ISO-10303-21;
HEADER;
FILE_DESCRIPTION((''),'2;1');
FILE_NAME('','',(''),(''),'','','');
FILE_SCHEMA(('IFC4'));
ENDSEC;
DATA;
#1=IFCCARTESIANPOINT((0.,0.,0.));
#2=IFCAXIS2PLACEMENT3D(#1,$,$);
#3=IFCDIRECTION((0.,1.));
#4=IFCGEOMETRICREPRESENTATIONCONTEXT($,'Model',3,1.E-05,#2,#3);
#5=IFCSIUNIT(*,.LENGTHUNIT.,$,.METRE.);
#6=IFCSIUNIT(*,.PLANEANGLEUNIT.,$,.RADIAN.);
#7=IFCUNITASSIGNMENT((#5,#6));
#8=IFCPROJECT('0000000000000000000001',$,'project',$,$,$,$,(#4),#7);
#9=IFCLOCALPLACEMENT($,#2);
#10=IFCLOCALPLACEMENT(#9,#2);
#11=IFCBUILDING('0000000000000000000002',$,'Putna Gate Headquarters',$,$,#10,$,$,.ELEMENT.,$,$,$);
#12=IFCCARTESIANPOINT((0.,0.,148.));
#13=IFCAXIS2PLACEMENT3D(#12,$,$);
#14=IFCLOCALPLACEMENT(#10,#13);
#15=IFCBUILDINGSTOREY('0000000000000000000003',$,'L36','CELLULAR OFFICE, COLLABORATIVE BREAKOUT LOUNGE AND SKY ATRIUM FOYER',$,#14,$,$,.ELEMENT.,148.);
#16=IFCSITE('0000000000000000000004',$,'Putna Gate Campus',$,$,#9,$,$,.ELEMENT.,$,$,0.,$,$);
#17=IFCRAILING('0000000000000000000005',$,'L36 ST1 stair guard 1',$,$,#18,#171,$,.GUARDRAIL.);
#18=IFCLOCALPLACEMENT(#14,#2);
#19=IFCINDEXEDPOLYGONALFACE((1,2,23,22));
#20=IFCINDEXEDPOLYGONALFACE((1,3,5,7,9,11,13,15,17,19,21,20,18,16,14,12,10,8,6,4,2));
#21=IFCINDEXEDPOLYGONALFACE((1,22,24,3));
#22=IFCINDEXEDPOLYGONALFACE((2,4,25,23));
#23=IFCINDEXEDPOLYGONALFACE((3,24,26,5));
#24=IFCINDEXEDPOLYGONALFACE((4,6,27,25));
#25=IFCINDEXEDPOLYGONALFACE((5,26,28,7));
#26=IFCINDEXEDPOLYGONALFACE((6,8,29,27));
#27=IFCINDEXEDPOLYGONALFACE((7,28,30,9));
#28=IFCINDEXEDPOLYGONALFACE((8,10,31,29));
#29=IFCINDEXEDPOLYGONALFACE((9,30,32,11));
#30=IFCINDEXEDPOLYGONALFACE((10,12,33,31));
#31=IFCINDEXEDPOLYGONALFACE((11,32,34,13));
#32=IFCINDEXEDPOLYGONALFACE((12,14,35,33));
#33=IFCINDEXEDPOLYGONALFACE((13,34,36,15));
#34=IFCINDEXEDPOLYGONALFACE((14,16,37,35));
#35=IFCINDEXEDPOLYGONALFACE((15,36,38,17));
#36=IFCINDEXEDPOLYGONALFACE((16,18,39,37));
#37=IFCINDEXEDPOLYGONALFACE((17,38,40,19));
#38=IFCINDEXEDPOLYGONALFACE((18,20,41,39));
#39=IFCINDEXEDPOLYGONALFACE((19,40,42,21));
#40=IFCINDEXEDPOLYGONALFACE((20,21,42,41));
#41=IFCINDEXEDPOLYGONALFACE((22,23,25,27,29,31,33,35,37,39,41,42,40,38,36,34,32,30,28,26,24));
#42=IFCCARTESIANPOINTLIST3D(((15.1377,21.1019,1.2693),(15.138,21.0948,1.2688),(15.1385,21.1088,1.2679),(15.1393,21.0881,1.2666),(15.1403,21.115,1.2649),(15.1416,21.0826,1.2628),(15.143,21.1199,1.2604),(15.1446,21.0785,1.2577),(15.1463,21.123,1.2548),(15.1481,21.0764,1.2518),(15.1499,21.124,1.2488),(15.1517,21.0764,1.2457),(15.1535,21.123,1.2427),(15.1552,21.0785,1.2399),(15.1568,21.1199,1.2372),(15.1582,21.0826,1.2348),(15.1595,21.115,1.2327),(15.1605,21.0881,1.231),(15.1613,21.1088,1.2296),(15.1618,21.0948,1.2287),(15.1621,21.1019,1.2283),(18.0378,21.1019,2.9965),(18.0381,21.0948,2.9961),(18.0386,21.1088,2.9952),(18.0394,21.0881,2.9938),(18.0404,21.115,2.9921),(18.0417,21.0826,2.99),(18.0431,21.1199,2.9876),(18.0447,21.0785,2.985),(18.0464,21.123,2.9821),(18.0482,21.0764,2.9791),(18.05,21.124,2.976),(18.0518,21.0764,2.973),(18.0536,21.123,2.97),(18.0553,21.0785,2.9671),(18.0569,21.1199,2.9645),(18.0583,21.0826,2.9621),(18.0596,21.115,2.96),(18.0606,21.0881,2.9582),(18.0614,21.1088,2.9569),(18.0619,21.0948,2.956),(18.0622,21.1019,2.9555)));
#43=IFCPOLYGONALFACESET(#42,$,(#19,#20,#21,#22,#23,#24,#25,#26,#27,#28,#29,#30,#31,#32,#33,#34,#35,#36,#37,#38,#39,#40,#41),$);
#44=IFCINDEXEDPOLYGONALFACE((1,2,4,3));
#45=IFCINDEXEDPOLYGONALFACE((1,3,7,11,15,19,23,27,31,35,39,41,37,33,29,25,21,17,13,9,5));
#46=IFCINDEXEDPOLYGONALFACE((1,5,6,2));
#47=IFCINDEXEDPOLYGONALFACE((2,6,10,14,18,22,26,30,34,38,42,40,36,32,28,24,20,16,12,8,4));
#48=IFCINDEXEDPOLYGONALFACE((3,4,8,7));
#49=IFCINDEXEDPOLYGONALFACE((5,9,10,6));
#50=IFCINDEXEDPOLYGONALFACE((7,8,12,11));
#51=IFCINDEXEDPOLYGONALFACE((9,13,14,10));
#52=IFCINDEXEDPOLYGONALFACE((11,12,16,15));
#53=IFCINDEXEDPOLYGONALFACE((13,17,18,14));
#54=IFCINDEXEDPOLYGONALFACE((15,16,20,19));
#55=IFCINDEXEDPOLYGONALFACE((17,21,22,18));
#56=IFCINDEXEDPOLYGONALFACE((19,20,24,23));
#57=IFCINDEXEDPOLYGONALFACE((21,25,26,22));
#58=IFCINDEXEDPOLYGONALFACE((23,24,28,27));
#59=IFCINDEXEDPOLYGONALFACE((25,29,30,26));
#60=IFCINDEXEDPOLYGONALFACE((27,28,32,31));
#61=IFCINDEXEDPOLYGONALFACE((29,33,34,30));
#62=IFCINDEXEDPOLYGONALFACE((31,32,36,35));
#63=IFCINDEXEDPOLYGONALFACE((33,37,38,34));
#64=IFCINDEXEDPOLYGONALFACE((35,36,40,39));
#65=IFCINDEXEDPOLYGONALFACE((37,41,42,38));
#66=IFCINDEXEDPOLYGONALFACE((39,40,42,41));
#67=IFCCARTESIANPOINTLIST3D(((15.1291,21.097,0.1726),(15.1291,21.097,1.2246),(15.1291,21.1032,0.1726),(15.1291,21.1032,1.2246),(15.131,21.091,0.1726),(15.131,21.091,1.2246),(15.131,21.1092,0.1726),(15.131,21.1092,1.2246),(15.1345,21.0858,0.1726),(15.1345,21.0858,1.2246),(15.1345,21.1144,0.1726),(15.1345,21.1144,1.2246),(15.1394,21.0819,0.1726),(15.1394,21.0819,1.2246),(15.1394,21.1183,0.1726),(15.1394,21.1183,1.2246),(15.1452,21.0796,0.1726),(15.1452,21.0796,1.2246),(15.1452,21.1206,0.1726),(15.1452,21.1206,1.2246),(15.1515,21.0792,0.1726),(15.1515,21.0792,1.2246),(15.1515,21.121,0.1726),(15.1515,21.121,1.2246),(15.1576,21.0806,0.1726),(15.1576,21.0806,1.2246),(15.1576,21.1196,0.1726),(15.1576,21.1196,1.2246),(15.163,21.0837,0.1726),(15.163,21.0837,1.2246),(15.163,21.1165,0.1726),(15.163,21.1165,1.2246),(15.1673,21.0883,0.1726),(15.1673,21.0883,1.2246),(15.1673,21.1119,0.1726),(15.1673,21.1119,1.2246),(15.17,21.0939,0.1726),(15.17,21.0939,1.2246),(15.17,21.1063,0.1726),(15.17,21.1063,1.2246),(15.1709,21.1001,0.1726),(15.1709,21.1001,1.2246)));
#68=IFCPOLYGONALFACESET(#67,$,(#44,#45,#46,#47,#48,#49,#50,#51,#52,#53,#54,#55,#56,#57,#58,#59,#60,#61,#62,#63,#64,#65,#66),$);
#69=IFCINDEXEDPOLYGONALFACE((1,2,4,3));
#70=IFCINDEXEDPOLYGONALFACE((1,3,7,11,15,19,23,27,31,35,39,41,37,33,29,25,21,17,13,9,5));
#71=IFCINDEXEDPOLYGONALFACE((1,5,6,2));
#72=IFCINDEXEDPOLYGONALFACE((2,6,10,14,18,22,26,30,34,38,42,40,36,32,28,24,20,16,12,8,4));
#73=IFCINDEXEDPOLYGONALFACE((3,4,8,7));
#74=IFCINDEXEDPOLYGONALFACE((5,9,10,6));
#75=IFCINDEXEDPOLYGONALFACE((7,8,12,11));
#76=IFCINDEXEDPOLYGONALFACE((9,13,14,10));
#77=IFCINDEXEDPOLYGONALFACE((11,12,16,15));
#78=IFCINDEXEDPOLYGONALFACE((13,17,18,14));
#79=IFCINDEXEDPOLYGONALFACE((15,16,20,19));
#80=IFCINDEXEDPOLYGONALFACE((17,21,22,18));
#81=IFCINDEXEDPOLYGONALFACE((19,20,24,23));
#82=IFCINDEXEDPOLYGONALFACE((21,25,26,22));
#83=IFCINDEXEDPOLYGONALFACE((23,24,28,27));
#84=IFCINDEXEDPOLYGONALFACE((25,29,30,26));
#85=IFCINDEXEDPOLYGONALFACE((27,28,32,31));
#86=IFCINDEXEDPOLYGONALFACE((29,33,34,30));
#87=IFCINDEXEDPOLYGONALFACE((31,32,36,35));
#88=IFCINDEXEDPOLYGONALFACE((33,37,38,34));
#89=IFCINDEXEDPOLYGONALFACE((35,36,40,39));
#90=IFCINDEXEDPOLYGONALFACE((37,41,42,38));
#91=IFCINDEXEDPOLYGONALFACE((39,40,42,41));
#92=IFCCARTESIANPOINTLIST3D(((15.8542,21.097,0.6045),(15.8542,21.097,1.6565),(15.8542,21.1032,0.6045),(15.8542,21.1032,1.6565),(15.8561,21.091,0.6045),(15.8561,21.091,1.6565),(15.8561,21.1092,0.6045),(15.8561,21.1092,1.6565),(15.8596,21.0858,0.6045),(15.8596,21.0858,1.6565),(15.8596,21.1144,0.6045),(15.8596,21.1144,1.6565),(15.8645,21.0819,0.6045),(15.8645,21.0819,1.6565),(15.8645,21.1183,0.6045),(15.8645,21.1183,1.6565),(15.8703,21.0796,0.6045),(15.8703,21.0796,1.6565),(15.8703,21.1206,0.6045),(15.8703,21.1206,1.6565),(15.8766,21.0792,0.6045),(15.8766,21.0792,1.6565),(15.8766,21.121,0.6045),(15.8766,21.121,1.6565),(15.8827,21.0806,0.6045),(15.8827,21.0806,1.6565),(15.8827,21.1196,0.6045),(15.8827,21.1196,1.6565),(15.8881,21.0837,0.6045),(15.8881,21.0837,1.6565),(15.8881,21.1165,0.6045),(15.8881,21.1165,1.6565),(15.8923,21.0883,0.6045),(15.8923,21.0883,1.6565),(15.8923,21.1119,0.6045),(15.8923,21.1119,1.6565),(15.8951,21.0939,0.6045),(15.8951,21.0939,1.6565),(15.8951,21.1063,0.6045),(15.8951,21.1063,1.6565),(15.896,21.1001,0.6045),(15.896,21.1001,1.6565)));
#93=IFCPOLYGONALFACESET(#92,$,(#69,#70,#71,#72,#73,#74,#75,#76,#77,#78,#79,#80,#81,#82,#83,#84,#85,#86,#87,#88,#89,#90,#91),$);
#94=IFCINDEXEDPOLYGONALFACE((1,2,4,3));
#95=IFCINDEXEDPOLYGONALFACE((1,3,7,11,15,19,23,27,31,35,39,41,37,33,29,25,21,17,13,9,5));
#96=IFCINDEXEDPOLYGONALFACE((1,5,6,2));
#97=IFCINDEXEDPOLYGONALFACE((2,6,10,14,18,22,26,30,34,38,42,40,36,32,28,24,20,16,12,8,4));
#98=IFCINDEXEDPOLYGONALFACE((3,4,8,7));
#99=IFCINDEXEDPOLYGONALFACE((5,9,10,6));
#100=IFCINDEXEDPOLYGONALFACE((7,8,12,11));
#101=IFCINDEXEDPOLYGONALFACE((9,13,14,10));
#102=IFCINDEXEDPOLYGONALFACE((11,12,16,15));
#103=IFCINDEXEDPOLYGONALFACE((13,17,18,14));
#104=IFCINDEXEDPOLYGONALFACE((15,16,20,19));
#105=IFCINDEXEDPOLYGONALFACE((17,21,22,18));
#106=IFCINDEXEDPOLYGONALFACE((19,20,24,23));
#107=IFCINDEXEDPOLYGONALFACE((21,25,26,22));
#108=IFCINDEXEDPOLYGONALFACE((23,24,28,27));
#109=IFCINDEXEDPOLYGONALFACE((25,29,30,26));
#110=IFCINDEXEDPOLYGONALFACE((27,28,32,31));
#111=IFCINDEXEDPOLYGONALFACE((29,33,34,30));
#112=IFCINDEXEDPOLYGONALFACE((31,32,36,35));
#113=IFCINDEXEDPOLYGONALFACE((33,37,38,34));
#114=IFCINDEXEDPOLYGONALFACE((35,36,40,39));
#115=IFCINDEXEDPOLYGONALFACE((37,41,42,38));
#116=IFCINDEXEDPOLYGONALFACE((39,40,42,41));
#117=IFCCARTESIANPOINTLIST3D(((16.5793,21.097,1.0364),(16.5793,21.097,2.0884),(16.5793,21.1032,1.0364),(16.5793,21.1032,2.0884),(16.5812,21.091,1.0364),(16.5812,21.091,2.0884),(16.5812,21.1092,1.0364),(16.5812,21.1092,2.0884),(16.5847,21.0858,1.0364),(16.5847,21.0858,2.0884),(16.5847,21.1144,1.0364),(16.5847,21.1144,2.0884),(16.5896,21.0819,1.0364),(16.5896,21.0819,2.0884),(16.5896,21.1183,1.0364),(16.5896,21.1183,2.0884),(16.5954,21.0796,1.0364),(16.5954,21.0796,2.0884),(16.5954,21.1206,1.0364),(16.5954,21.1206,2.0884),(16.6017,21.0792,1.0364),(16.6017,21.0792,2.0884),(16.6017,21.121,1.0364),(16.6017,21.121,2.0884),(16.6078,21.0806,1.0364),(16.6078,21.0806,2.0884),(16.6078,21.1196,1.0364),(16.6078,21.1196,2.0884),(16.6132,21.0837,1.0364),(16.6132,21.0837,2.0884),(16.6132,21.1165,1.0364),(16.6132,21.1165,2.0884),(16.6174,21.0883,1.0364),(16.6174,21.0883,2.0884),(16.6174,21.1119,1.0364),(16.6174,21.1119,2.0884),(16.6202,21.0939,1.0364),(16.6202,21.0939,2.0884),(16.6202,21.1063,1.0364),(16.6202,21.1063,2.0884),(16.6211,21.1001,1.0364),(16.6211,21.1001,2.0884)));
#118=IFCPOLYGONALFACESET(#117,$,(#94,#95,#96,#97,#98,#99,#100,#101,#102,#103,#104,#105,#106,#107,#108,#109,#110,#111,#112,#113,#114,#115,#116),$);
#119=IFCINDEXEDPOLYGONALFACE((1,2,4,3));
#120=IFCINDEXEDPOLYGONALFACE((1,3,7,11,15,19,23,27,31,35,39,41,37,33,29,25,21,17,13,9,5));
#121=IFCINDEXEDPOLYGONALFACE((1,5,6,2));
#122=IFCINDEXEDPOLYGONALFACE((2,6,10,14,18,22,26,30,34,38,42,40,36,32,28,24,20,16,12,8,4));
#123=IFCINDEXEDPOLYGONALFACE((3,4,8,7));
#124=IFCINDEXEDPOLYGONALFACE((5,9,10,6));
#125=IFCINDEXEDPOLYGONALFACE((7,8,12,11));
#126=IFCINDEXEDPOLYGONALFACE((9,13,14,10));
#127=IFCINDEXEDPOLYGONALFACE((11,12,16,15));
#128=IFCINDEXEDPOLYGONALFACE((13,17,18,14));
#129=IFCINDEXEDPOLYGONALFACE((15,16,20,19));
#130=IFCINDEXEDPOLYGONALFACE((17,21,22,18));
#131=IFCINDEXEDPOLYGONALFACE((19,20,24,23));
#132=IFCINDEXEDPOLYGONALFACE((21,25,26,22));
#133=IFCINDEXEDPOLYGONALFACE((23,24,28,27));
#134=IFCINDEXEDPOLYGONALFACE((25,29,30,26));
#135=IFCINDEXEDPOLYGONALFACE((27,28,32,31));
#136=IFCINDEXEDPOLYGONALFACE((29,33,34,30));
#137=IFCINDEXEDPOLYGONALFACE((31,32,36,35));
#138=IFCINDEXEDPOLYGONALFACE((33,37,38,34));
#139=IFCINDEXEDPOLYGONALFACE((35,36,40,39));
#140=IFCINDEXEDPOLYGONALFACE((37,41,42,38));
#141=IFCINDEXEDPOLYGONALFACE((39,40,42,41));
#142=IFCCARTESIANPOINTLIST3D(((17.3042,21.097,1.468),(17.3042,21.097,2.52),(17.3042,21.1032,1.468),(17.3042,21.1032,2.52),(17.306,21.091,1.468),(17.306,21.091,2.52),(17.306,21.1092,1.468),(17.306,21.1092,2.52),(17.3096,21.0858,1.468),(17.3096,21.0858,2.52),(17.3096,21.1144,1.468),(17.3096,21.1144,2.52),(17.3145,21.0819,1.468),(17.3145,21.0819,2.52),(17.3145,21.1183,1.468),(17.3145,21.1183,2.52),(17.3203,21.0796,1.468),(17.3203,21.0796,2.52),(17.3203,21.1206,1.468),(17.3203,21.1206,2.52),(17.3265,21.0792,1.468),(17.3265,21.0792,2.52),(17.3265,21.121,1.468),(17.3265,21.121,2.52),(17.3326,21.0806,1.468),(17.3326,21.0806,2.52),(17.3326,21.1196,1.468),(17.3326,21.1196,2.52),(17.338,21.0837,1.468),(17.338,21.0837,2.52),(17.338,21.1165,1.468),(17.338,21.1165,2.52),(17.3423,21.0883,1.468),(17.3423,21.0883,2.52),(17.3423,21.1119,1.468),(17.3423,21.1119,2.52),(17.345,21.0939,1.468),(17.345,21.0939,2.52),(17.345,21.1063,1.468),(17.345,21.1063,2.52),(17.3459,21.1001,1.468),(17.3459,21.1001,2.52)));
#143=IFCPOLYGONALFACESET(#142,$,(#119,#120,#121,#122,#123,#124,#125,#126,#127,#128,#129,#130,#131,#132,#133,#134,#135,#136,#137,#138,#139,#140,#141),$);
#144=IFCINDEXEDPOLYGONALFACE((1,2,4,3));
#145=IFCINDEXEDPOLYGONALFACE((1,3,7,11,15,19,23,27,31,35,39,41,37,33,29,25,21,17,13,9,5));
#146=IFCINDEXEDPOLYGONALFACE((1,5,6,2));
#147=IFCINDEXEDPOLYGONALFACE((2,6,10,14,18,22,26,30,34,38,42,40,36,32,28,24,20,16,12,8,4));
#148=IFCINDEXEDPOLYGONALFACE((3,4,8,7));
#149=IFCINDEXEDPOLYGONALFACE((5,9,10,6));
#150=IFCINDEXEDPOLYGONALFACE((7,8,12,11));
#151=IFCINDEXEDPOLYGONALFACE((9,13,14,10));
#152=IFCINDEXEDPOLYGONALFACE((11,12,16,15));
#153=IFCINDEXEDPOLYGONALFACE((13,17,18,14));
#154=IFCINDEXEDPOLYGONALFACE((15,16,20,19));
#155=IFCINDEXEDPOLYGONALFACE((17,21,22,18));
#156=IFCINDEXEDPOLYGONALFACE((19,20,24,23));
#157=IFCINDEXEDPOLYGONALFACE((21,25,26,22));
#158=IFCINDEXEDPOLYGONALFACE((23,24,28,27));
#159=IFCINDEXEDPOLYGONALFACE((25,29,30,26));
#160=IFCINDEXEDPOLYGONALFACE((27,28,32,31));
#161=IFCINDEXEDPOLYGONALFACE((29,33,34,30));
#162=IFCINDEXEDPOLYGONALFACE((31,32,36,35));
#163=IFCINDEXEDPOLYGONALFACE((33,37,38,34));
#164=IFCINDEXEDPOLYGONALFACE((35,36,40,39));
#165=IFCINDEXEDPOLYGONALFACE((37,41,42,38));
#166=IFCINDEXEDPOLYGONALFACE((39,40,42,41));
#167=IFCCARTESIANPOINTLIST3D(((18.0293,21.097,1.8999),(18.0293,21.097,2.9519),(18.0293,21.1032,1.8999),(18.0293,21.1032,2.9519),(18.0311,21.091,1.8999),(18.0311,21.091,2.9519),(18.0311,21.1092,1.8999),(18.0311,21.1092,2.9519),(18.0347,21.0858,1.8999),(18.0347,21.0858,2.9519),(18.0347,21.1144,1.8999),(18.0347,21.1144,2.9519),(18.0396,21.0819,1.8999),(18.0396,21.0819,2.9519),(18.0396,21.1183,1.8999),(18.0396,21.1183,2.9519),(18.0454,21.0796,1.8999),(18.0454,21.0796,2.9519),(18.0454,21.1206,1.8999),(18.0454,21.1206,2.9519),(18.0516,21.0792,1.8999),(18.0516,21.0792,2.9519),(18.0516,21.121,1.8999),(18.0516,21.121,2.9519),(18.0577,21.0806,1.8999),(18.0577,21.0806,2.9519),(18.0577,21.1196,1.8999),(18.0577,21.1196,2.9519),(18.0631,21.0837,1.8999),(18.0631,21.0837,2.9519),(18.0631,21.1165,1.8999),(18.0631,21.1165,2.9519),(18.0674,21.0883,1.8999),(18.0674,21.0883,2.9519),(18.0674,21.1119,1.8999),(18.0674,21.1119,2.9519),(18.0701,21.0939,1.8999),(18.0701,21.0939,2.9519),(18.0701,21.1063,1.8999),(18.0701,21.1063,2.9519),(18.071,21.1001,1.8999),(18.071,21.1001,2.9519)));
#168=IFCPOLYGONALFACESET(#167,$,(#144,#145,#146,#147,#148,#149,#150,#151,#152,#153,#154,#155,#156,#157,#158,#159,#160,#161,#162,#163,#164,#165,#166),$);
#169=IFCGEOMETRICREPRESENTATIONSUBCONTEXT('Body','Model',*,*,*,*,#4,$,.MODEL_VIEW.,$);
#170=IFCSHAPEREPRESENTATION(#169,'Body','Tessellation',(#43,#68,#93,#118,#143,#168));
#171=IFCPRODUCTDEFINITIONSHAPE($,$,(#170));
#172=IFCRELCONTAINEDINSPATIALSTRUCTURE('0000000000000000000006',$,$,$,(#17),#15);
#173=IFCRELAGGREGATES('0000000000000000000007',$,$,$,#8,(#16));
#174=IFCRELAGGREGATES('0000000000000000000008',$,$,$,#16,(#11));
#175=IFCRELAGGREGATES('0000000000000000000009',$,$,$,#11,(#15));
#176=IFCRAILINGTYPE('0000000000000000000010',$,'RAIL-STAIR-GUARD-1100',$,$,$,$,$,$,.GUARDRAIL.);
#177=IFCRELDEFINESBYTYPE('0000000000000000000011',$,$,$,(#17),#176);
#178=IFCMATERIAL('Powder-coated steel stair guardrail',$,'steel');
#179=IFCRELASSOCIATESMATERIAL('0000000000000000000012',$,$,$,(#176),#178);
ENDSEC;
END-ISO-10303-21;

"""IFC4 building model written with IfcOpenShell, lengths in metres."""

from ifc_helpers import new_model, si_unit, direction, frame, origin, origin_2d, place, context, subcontext, project, spatial, circle, extrude, material, type_object, element, save


model = new_model("IFC4")

# Units and contexts
model_context = context("Model", 3, precision=1e-05, world=origin(), true_north=direction((0.0, 1.0)))
body_context = subcontext(model_context, "Body", "Model", "MODEL_VIEW")
ifc_project = project(units=[si_unit("LENGTHUNIT", "METRE"), si_unit("PLANEANGLEUNIT", "RADIAN")], contexts=[model_context])

# Site, building, storey
site_placement = place(None, origin())
site = spatial("IfcSite", under=ifc_project, at=site_placement, Name="Putna Gate Campus", CompositionType="ELEMENT", RefElevation=0.0)
building_placement = place(site_placement, origin())
building = spatial("IfcBuilding", under=site, at=building_placement, Name="Putna Gate Headquarters", CompositionType="ELEMENT")
storey_placement = place(building_placement, frame((0.0, 0.0, 148.0)))
storey = spatial("IfcBuildingStorey", under=building, at=storey_placement, Name="L36", Description="CELLULAR OFFICE, COLLABORATIVE BREAKOUT LOUNGE AND SKY ATRIUM FOYER", CompositionType="ELEMENT", Elevation=148.0)

# Railing
ifc_material_1 = material(Name="Powder-coated steel stair guardrail", Category="steel")
railing_type_1 = type_object("IfcRailingType", Name="RAIL-STAIR-GUARD-1100", PredefinedType="GUARDRAIL", material=ifc_material_1)
railing_1_placement = place(storey_placement, frame((15.1499, 21.1001, 0.1726)))
element("IfcRailing", 1, at=railing_1_placement, inside=storey, type_object=railing_type_1, Name="L36 ST1 stair guard 1", PredefinedType="GUARDRAIL", context=body_context, shape_type="SweptSolid", body=[
    extrude(circle(Radius=0.0239, at=origin_2d()), frame((0.0, 0.0, 1.0762), z_axis=(0.85916, 0.0, 0.511706), x_axis=(0.0, 1.0, 0.0)), (0.0, 0.0, 1.0), 3.3755),
    extrude(circle(Radius=0.021, at=origin_2d()), origin(), (0.0, 0.0, 1.0), 1.052),
    extrude(circle(Radius=0.021, at=origin_2d()), frame((0.7251, 0.0, 0.4319)), (0.0, 0.0, 1.0), 1.052),
    extrude(circle(Radius=0.021, at=origin_2d()), frame((1.4502, 0.0, 0.8638)), (0.0, 0.0, 1.0), 1.052),
    extrude(circle(Radius=0.021, at=origin_2d()), frame((2.175, 0.0, 1.2954)), (0.0, 0.0, 1.0), 1.052),
    extrude(circle(Radius=0.021, at=origin_2d()), frame((2.9001, 0.0, 1.7273)), (0.0, 0.0, 1.0), 1.052),
])

save(model, "model.ifc")
